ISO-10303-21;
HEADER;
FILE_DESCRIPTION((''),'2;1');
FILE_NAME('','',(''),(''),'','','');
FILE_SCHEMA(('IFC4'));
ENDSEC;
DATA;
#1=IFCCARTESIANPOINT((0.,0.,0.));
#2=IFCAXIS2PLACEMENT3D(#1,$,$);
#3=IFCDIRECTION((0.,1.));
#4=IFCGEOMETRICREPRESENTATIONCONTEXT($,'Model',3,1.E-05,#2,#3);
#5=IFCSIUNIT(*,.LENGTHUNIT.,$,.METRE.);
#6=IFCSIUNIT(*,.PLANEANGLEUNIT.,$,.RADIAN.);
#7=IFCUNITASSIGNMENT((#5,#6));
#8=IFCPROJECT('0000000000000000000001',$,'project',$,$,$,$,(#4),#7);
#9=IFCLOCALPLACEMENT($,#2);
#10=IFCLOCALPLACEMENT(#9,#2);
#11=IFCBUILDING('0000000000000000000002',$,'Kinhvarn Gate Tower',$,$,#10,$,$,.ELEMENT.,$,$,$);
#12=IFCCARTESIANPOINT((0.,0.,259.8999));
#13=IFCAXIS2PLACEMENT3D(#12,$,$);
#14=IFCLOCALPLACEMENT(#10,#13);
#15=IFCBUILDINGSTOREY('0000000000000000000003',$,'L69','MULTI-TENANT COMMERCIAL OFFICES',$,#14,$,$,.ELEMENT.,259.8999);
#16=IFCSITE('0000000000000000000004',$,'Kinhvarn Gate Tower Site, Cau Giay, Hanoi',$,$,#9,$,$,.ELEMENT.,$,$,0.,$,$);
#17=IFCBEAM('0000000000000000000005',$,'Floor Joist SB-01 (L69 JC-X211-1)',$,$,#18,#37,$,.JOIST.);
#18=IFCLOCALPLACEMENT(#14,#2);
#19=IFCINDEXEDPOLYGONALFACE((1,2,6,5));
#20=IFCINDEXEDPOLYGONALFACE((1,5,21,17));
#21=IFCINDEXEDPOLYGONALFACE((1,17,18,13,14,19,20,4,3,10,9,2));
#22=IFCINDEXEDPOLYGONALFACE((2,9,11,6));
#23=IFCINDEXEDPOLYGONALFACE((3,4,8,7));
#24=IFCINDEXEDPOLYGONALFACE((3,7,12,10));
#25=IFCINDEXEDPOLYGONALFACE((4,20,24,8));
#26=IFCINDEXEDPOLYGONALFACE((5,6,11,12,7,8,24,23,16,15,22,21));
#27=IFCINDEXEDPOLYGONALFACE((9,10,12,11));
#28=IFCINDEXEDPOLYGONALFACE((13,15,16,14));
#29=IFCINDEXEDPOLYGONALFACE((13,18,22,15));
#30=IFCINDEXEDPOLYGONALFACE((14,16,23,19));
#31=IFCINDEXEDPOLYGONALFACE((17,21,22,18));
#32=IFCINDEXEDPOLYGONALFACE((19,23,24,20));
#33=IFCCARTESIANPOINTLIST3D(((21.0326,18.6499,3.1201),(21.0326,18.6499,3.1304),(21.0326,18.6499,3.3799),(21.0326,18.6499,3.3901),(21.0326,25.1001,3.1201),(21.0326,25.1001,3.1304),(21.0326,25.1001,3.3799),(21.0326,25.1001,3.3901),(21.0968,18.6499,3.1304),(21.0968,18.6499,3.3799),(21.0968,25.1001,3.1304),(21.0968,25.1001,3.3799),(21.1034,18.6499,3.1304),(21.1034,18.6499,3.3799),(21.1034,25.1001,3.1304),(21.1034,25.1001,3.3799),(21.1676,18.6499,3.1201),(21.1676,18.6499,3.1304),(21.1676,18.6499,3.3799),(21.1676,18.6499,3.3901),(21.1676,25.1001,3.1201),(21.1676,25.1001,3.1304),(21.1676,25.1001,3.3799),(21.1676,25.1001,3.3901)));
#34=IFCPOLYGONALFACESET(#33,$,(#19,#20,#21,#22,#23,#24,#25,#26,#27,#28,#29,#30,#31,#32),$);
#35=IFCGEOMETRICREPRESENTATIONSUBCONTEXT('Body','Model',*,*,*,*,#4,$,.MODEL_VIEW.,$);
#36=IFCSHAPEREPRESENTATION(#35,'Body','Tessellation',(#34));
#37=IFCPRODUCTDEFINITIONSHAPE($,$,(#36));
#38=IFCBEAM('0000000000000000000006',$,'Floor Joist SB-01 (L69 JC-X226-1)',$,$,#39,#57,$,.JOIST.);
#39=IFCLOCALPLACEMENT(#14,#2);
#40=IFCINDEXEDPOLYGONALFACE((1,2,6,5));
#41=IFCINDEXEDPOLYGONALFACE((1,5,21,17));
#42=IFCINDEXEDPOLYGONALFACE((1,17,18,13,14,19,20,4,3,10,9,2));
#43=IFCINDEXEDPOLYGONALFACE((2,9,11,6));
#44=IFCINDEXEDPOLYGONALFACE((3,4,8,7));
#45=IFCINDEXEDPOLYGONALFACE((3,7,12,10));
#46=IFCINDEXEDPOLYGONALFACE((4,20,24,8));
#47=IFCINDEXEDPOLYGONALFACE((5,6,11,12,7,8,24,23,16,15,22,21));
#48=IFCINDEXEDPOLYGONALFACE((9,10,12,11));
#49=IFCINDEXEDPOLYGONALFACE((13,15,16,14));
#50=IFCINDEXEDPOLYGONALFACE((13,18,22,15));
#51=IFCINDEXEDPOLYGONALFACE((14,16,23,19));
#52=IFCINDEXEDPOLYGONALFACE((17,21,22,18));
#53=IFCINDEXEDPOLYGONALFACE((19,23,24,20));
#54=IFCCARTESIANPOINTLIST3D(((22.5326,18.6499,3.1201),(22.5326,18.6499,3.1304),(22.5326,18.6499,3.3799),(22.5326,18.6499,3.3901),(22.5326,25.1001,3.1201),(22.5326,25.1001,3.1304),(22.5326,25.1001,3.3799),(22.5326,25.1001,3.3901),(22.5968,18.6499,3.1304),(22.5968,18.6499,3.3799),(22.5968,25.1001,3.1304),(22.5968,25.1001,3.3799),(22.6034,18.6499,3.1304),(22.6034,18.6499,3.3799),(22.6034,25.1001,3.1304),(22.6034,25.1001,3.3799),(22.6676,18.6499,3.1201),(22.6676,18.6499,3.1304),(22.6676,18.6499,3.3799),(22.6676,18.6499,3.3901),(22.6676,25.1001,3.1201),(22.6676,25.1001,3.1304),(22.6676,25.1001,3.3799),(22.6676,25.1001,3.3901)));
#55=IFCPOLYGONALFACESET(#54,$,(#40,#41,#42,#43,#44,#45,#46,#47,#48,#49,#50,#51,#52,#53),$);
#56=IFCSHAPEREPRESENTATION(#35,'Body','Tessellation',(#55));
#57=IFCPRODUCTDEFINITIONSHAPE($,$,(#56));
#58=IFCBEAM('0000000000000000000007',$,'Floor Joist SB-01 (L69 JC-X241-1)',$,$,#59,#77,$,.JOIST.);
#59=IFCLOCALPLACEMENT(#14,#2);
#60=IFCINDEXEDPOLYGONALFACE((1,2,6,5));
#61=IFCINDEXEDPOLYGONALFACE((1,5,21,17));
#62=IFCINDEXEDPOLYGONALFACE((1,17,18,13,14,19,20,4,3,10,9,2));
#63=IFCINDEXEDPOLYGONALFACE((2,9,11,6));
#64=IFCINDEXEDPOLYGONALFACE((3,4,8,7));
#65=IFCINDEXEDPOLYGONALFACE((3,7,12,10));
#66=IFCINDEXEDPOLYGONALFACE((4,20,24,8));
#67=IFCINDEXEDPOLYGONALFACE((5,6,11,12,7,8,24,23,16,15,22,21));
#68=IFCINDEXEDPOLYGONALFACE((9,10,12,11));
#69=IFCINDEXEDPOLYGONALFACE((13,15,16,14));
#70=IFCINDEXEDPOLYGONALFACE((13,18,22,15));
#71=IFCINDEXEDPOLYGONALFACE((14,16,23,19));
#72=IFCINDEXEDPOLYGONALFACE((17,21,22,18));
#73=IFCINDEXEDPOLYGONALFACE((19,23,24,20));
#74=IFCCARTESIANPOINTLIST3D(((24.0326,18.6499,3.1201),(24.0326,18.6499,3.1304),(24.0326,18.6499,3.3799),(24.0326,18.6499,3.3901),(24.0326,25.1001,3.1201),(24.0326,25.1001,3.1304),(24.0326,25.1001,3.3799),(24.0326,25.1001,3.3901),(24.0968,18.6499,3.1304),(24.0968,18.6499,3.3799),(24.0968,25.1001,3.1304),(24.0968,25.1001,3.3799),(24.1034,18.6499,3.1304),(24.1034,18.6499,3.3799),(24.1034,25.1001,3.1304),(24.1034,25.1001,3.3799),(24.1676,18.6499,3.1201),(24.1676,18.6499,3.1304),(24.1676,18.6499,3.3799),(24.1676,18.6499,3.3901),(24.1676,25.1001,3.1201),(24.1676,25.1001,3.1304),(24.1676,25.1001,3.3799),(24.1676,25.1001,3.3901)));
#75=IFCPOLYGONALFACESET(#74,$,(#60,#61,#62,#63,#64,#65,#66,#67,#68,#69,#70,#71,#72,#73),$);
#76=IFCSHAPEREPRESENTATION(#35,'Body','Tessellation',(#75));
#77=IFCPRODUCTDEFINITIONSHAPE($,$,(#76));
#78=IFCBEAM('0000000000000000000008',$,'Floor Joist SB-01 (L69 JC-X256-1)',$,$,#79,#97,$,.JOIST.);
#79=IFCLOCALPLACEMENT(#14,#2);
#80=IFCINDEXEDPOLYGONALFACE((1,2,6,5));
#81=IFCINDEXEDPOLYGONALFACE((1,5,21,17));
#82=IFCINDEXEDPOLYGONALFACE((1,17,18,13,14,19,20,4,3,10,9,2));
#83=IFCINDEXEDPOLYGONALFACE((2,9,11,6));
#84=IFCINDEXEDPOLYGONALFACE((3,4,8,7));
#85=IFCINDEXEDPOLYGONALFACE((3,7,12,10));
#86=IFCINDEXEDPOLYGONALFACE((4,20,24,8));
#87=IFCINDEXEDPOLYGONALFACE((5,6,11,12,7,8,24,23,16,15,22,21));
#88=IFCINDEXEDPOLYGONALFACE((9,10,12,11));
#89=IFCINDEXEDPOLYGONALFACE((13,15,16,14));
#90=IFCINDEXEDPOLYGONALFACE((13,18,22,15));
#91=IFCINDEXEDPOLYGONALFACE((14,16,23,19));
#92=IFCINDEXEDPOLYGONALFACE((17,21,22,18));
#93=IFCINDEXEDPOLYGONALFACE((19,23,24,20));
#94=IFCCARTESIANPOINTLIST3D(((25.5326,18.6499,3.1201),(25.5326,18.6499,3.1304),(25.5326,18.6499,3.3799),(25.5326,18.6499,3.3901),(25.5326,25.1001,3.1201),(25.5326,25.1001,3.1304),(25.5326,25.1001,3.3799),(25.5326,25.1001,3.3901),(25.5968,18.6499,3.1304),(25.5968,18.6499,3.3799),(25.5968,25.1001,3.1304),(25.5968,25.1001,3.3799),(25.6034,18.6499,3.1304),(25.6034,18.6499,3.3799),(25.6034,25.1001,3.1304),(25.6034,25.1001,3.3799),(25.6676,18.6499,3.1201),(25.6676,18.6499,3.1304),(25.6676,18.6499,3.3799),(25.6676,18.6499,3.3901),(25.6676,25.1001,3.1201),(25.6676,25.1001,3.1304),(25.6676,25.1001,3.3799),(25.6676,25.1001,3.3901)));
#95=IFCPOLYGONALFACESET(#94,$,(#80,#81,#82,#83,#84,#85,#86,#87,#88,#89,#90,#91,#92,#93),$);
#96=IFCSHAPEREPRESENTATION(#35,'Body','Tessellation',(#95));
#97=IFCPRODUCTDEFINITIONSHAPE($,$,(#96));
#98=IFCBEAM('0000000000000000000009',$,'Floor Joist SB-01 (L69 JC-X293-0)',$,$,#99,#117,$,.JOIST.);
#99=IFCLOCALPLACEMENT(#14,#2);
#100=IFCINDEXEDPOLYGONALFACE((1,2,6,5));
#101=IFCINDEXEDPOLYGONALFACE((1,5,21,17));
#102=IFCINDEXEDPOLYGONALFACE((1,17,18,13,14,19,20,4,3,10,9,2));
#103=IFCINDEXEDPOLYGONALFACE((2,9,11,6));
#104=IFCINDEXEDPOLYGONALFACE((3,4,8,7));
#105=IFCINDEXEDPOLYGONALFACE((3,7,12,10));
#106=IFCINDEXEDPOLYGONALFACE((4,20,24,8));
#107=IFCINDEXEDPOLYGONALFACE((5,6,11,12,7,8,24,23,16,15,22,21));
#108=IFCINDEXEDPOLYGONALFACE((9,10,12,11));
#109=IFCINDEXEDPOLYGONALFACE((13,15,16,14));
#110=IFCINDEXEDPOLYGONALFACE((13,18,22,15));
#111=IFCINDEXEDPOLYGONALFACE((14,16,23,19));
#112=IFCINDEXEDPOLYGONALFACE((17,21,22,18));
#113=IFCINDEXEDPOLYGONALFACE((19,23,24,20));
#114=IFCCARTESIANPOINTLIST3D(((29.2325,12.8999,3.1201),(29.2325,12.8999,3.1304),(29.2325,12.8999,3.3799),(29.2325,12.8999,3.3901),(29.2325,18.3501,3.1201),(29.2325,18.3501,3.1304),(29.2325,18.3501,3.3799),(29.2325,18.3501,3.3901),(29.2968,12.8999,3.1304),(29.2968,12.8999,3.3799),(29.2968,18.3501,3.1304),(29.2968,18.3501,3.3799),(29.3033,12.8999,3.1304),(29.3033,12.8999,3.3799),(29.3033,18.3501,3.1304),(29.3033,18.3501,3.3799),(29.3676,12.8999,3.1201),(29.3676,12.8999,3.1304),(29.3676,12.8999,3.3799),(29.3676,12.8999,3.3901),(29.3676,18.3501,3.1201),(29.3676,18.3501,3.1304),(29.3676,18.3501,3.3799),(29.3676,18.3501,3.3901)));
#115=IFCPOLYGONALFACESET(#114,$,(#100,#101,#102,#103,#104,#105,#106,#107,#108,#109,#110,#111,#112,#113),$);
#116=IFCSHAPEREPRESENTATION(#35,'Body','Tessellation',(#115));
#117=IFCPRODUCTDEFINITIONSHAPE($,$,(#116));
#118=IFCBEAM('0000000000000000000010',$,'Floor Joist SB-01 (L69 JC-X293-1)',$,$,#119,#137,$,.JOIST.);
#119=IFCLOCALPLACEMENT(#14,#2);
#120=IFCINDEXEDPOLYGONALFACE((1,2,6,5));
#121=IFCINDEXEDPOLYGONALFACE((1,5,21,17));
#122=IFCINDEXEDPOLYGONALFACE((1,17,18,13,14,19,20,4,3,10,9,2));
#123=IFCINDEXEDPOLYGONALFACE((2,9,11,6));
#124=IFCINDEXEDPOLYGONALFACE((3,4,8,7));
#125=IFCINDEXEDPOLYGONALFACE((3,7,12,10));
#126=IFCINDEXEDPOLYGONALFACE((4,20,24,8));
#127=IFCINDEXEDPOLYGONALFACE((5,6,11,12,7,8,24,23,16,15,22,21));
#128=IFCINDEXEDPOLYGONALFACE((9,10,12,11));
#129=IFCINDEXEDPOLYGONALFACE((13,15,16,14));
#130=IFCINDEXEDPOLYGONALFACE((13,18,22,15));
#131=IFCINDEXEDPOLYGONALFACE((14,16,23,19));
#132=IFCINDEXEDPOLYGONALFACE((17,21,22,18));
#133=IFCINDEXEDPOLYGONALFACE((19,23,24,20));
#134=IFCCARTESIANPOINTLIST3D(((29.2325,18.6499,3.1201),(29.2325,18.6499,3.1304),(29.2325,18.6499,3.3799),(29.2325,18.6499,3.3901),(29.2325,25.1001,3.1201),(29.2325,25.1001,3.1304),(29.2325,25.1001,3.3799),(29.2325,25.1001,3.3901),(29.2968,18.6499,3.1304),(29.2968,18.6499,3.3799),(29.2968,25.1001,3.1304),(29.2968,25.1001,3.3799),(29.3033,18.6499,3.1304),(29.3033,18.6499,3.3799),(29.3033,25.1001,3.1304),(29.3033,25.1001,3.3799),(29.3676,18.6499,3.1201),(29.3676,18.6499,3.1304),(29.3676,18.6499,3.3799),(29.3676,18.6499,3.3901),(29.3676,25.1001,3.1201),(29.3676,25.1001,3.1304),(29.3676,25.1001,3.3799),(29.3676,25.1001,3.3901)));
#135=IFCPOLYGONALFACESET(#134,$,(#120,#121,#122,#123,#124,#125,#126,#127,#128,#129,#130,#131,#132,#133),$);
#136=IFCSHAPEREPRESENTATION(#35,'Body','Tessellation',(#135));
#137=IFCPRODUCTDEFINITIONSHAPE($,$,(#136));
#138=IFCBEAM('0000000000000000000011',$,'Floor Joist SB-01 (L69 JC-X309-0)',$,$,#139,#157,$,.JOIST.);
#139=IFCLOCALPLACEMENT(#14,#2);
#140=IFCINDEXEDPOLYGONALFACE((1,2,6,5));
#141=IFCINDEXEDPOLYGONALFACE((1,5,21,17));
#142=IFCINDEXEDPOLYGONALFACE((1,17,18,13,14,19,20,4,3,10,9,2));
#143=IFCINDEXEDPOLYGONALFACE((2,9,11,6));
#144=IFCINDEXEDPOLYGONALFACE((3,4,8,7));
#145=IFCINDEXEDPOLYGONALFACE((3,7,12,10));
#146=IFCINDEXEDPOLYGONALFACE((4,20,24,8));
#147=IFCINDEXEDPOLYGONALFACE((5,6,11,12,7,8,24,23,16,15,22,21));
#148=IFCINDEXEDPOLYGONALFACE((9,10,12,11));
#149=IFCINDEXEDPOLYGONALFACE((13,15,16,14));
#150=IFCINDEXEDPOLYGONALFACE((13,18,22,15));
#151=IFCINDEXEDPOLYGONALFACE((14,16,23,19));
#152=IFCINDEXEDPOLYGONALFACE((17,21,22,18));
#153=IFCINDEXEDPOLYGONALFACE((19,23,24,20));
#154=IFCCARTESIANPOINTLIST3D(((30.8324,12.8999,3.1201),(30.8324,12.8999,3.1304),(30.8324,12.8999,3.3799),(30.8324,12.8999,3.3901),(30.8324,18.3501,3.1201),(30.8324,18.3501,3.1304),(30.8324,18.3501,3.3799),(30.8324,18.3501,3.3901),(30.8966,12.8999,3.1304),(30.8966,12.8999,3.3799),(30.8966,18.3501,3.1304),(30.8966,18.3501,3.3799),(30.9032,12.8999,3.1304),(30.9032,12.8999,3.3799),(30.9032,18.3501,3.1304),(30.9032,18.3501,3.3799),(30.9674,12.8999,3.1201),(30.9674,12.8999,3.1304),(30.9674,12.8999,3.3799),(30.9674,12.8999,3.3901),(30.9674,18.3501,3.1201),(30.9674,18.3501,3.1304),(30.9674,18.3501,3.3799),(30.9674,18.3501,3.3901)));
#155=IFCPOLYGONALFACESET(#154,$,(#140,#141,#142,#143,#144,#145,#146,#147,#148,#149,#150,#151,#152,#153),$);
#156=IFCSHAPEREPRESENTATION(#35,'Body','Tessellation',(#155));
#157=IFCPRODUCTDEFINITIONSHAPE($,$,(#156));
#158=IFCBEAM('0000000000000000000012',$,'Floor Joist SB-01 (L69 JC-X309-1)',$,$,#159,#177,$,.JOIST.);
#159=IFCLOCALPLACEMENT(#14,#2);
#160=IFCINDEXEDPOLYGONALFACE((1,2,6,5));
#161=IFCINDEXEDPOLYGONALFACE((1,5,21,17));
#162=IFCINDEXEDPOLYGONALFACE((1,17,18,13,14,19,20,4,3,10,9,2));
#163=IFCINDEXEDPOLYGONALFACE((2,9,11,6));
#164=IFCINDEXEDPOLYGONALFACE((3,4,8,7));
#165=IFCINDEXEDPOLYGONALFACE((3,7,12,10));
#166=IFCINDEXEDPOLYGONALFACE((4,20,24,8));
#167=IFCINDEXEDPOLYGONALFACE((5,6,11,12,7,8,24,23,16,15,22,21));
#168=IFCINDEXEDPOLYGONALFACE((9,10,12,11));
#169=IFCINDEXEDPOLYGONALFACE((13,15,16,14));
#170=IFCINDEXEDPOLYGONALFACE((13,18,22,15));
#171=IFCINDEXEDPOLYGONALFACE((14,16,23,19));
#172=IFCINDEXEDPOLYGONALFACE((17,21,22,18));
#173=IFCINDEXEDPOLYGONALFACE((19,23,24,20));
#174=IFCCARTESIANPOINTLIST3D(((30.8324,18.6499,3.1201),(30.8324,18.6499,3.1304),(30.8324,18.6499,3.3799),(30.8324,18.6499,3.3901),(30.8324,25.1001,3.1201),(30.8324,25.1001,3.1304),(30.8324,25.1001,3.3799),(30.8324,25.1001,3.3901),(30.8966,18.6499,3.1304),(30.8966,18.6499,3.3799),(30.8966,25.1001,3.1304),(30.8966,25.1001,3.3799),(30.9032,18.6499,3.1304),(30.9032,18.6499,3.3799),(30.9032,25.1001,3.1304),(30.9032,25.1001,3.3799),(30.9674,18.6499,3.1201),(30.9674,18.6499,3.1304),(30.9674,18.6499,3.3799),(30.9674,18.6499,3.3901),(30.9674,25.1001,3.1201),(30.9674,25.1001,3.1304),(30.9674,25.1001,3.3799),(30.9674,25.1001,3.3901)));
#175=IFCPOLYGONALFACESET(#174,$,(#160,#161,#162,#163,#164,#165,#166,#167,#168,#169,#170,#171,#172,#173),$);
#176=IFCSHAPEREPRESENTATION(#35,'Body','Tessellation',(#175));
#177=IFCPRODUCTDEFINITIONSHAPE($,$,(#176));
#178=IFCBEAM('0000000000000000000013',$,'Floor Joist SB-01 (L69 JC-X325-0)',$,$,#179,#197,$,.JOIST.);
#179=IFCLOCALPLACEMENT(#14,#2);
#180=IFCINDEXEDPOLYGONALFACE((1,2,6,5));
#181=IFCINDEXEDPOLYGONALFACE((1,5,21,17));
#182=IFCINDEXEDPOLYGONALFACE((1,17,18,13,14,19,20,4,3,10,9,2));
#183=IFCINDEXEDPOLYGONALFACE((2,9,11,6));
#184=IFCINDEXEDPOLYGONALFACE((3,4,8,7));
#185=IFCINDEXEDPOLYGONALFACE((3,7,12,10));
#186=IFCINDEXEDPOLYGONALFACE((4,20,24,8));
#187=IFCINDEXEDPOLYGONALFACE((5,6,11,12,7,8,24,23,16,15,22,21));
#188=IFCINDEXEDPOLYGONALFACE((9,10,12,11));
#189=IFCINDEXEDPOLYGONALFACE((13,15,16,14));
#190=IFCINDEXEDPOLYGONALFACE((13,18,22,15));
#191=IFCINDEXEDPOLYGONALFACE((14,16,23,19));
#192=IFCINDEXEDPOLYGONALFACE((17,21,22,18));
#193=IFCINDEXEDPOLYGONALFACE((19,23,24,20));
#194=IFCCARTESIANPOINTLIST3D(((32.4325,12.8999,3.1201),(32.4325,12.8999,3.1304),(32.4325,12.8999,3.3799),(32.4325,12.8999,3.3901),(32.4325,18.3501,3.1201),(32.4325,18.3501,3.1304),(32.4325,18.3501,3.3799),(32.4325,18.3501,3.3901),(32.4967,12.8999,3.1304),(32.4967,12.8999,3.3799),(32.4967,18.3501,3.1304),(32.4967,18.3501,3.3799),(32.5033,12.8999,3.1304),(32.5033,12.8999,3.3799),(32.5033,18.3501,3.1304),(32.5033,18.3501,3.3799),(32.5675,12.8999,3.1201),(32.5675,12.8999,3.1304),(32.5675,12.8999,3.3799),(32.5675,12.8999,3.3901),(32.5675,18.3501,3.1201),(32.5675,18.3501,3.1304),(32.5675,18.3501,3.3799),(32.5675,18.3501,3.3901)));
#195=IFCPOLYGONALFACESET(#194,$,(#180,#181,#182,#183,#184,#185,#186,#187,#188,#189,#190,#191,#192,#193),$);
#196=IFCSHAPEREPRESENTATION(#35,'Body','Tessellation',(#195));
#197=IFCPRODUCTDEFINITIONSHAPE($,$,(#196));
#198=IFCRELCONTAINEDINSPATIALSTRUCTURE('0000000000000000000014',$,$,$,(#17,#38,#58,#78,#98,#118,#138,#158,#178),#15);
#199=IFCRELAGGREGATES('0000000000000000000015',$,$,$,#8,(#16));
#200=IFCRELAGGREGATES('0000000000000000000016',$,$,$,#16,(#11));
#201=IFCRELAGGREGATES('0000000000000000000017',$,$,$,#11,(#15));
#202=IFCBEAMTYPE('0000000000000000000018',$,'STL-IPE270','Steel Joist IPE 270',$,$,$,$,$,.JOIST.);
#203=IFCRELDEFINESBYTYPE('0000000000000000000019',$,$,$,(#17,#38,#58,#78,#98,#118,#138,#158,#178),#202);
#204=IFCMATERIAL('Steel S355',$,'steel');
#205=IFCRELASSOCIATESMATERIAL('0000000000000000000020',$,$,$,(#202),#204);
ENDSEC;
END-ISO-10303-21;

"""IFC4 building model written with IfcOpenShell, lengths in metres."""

from ifc_helpers import new_model, si_unit, direction, frame, origin, origin_2d, place, context, subcontext, project, spatial, i_section, extrude, material, material_profile, profile_set, type_object, element, save


model = new_model("IFC4")

# Units and contexts
model_context = context("Model", 3, precision=1e-05, world=origin(), true_north=direction((0.0, 1.0)))
body_context = subcontext(model_context, "Body", "Model", "MODEL_VIEW")
ifc_project = project(units=[si_unit("LENGTHUNIT", "METRE"), si_unit("PLANEANGLEUNIT", "RADIAN")], contexts=[model_context])

# Site, building, storey
site_placement = place(None, origin())
site = spatial("IfcSite", under=ifc_project, at=site_placement, Name="Kinhvarn Gate Tower Site, Cau Giay, Hanoi", CompositionType="ELEMENT", RefElevation=0.0)
building_placement = place(site_placement, origin())
building = spatial("IfcBuilding", under=site, at=building_placement, Name="Kinhvarn Gate Tower", CompositionType="ELEMENT")
storey_placement = place(building_placement, frame((0.0, 0.0, 259.8999)))
storey = spatial("IfcBuildingStorey", under=building, at=storey_placement, Name="L69", Description="MULTI-TENANT COMMERCIAL OFFICES", CompositionType="ELEMENT", Elevation=259.8999)

# Beams
ifc_material_1 = material(Name="Steel S355", Category="steel")
ifc_material_profile = material_profile(ifc_material_1, i_section(OverallWidth=0.135, OverallDepth=0.27, WebThickness=0.0066, FlangeThickness=0.0103, at=origin_2d()), Name="IPE 270")
ifc_profile_set = profile_set([ifc_material_profile], Name="Steel S355")
beam_type = type_object("IfcBeamType", Name="STL-IPE270", Description="Steel Joist IPE 270", PredefinedType="JOIST", material=ifc_profile_set)
for number, where, z_axis, x_axis, name in (
    (1, (21.1001, 18.6499, 3.2551), (0.0, 1.0, 0.0), (-1.0, 0.0, 0.0), "Floor Joist SB-01 (L69 JC-X211-1)"),
    (2, (22.6001, 18.6499, 3.2551), (0.0, 1.0, 0.0), (-1.0, 0.0, 0.0), "Floor Joist SB-01 (L69 JC-X226-1)"),
    (3, (24.1001, 18.6499, 3.2551), (0.0, 1.0, 0.0), (-1.0, 0.0, 0.0), "Floor Joist SB-01 (L69 JC-X241-1)"),
    (4, (25.6001, 18.6499, 3.2551), (0.0, 1.0, 0.0), (-1.0, 0.0, 0.0), "Floor Joist SB-01 (L69 JC-X256-1)"),
):
    element("IfcBeam", number, at=place(storey_placement, frame(where, z_axis=z_axis, x_axis=x_axis)), inside=storey, type_object=beam_type, Name=name, PredefinedType="JOIST", context=body_context, shape_type="SweptSolid", body=[
        extrude(i_section(OverallWidth=0.135, OverallDepth=0.27, WebThickness=0.0066, FlangeThickness=0.0103, at=origin_2d()), origin(), (0.0, 0.0, 1.0), 6.4502),
    ])
beam_1_placement = place(storey_placement, frame((29.3, 12.8999, 3.2551), z_axis=(0.0, 1.0, 0.0), x_axis=(-1.0, 0.0, 0.0)))
element("IfcBeam", 5, at=beam_1_placement, inside=storey, type_object=beam_type, Name="Floor Joist SB-01 (L69 JC-X293-0)", PredefinedType="JOIST", context=body_context, shape_type="SweptSolid", body=[
    extrude(i_section(OverallWidth=0.135, OverallDepth=0.27, WebThickness=0.0066, FlangeThickness=0.0103, at=origin_2d()), origin(), (0.0, 0.0, 1.0), 5.4502),
])
beam_2_placement = place(storey_placement, frame((29.3, 18.6499, 3.2551), z_axis=(0.0, 1.0, 0.0), x_axis=(-1.0, 0.0, 0.0)))
element("IfcBeam", 6, at=beam_2_placement, inside=storey, type_object=beam_type, Name="Floor Joist SB-01 (L69 JC-X293-1)", PredefinedType="JOIST", context=body_context, shape_type="SweptSolid", body=[
    extrude(i_section(OverallWidth=0.135, OverallDepth=0.27, WebThickness=0.0066, FlangeThickness=0.0103, at=origin_2d()), origin(), (0.0, 0.0, 1.0), 6.4502),
])
beam_3_placement = place(storey_placement, frame((30.8999, 12.8999, 3.2551), z_axis=(0.0, 1.0, 0.0), x_axis=(-1.0, 0.0, 0.0)))
element("IfcBeam", 7, at=beam_3_placement, inside=storey, type_object=beam_type, Name="Floor Joist SB-01 (L69 JC-X309-0)", PredefinedType="JOIST", context=body_context, shape_type="SweptSolid", body=[
    extrude(i_section(OverallWidth=0.135, OverallDepth=0.27, WebThickness=0.0066, FlangeThickness=0.0103, at=origin_2d()), origin(), (0.0, 0.0, 1.0), 5.4502),
])
beam_4_placement = place(storey_placement, frame((30.8999, 18.6499, 3.2551), z_axis=(0.0, 1.0, 0.0), x_axis=(-1.0, 0.0, 0.0)))
element("IfcBeam", 8, at=beam_4_placement, inside=storey, type_object=beam_type, Name="Floor Joist SB-01 (L69 JC-X309-1)", PredefinedType="JOIST", context=body_context, shape_type="SweptSolid", body=[
    extrude(i_section(OverallWidth=0.135, OverallDepth=0.27, WebThickness=0.0066, FlangeThickness=0.0103, at=origin_2d()), origin(), (0.0, 0.0, 1.0), 6.4502),
])
beam_5_placement = place(storey_placement, frame((32.5, 12.8999, 3.2551), z_axis=(0.0, 1.0, 0.0), x_axis=(-1.0, 0.0, 0.0)))
element("IfcBeam", 9, at=beam_5_placement, inside=storey, type_object=beam_type, Name="Floor Joist SB-01 (L69 JC-X325-0)", PredefinedType="JOIST", context=body_context, shape_type="SweptSolid", body=[
    extrude(i_section(OverallWidth=0.135, OverallDepth=0.27, WebThickness=0.0066, FlangeThickness=0.0103, at=origin_2d()), origin(), (0.0, 0.0, 1.0), 5.4502),
])

save(model, "model.ifc")
